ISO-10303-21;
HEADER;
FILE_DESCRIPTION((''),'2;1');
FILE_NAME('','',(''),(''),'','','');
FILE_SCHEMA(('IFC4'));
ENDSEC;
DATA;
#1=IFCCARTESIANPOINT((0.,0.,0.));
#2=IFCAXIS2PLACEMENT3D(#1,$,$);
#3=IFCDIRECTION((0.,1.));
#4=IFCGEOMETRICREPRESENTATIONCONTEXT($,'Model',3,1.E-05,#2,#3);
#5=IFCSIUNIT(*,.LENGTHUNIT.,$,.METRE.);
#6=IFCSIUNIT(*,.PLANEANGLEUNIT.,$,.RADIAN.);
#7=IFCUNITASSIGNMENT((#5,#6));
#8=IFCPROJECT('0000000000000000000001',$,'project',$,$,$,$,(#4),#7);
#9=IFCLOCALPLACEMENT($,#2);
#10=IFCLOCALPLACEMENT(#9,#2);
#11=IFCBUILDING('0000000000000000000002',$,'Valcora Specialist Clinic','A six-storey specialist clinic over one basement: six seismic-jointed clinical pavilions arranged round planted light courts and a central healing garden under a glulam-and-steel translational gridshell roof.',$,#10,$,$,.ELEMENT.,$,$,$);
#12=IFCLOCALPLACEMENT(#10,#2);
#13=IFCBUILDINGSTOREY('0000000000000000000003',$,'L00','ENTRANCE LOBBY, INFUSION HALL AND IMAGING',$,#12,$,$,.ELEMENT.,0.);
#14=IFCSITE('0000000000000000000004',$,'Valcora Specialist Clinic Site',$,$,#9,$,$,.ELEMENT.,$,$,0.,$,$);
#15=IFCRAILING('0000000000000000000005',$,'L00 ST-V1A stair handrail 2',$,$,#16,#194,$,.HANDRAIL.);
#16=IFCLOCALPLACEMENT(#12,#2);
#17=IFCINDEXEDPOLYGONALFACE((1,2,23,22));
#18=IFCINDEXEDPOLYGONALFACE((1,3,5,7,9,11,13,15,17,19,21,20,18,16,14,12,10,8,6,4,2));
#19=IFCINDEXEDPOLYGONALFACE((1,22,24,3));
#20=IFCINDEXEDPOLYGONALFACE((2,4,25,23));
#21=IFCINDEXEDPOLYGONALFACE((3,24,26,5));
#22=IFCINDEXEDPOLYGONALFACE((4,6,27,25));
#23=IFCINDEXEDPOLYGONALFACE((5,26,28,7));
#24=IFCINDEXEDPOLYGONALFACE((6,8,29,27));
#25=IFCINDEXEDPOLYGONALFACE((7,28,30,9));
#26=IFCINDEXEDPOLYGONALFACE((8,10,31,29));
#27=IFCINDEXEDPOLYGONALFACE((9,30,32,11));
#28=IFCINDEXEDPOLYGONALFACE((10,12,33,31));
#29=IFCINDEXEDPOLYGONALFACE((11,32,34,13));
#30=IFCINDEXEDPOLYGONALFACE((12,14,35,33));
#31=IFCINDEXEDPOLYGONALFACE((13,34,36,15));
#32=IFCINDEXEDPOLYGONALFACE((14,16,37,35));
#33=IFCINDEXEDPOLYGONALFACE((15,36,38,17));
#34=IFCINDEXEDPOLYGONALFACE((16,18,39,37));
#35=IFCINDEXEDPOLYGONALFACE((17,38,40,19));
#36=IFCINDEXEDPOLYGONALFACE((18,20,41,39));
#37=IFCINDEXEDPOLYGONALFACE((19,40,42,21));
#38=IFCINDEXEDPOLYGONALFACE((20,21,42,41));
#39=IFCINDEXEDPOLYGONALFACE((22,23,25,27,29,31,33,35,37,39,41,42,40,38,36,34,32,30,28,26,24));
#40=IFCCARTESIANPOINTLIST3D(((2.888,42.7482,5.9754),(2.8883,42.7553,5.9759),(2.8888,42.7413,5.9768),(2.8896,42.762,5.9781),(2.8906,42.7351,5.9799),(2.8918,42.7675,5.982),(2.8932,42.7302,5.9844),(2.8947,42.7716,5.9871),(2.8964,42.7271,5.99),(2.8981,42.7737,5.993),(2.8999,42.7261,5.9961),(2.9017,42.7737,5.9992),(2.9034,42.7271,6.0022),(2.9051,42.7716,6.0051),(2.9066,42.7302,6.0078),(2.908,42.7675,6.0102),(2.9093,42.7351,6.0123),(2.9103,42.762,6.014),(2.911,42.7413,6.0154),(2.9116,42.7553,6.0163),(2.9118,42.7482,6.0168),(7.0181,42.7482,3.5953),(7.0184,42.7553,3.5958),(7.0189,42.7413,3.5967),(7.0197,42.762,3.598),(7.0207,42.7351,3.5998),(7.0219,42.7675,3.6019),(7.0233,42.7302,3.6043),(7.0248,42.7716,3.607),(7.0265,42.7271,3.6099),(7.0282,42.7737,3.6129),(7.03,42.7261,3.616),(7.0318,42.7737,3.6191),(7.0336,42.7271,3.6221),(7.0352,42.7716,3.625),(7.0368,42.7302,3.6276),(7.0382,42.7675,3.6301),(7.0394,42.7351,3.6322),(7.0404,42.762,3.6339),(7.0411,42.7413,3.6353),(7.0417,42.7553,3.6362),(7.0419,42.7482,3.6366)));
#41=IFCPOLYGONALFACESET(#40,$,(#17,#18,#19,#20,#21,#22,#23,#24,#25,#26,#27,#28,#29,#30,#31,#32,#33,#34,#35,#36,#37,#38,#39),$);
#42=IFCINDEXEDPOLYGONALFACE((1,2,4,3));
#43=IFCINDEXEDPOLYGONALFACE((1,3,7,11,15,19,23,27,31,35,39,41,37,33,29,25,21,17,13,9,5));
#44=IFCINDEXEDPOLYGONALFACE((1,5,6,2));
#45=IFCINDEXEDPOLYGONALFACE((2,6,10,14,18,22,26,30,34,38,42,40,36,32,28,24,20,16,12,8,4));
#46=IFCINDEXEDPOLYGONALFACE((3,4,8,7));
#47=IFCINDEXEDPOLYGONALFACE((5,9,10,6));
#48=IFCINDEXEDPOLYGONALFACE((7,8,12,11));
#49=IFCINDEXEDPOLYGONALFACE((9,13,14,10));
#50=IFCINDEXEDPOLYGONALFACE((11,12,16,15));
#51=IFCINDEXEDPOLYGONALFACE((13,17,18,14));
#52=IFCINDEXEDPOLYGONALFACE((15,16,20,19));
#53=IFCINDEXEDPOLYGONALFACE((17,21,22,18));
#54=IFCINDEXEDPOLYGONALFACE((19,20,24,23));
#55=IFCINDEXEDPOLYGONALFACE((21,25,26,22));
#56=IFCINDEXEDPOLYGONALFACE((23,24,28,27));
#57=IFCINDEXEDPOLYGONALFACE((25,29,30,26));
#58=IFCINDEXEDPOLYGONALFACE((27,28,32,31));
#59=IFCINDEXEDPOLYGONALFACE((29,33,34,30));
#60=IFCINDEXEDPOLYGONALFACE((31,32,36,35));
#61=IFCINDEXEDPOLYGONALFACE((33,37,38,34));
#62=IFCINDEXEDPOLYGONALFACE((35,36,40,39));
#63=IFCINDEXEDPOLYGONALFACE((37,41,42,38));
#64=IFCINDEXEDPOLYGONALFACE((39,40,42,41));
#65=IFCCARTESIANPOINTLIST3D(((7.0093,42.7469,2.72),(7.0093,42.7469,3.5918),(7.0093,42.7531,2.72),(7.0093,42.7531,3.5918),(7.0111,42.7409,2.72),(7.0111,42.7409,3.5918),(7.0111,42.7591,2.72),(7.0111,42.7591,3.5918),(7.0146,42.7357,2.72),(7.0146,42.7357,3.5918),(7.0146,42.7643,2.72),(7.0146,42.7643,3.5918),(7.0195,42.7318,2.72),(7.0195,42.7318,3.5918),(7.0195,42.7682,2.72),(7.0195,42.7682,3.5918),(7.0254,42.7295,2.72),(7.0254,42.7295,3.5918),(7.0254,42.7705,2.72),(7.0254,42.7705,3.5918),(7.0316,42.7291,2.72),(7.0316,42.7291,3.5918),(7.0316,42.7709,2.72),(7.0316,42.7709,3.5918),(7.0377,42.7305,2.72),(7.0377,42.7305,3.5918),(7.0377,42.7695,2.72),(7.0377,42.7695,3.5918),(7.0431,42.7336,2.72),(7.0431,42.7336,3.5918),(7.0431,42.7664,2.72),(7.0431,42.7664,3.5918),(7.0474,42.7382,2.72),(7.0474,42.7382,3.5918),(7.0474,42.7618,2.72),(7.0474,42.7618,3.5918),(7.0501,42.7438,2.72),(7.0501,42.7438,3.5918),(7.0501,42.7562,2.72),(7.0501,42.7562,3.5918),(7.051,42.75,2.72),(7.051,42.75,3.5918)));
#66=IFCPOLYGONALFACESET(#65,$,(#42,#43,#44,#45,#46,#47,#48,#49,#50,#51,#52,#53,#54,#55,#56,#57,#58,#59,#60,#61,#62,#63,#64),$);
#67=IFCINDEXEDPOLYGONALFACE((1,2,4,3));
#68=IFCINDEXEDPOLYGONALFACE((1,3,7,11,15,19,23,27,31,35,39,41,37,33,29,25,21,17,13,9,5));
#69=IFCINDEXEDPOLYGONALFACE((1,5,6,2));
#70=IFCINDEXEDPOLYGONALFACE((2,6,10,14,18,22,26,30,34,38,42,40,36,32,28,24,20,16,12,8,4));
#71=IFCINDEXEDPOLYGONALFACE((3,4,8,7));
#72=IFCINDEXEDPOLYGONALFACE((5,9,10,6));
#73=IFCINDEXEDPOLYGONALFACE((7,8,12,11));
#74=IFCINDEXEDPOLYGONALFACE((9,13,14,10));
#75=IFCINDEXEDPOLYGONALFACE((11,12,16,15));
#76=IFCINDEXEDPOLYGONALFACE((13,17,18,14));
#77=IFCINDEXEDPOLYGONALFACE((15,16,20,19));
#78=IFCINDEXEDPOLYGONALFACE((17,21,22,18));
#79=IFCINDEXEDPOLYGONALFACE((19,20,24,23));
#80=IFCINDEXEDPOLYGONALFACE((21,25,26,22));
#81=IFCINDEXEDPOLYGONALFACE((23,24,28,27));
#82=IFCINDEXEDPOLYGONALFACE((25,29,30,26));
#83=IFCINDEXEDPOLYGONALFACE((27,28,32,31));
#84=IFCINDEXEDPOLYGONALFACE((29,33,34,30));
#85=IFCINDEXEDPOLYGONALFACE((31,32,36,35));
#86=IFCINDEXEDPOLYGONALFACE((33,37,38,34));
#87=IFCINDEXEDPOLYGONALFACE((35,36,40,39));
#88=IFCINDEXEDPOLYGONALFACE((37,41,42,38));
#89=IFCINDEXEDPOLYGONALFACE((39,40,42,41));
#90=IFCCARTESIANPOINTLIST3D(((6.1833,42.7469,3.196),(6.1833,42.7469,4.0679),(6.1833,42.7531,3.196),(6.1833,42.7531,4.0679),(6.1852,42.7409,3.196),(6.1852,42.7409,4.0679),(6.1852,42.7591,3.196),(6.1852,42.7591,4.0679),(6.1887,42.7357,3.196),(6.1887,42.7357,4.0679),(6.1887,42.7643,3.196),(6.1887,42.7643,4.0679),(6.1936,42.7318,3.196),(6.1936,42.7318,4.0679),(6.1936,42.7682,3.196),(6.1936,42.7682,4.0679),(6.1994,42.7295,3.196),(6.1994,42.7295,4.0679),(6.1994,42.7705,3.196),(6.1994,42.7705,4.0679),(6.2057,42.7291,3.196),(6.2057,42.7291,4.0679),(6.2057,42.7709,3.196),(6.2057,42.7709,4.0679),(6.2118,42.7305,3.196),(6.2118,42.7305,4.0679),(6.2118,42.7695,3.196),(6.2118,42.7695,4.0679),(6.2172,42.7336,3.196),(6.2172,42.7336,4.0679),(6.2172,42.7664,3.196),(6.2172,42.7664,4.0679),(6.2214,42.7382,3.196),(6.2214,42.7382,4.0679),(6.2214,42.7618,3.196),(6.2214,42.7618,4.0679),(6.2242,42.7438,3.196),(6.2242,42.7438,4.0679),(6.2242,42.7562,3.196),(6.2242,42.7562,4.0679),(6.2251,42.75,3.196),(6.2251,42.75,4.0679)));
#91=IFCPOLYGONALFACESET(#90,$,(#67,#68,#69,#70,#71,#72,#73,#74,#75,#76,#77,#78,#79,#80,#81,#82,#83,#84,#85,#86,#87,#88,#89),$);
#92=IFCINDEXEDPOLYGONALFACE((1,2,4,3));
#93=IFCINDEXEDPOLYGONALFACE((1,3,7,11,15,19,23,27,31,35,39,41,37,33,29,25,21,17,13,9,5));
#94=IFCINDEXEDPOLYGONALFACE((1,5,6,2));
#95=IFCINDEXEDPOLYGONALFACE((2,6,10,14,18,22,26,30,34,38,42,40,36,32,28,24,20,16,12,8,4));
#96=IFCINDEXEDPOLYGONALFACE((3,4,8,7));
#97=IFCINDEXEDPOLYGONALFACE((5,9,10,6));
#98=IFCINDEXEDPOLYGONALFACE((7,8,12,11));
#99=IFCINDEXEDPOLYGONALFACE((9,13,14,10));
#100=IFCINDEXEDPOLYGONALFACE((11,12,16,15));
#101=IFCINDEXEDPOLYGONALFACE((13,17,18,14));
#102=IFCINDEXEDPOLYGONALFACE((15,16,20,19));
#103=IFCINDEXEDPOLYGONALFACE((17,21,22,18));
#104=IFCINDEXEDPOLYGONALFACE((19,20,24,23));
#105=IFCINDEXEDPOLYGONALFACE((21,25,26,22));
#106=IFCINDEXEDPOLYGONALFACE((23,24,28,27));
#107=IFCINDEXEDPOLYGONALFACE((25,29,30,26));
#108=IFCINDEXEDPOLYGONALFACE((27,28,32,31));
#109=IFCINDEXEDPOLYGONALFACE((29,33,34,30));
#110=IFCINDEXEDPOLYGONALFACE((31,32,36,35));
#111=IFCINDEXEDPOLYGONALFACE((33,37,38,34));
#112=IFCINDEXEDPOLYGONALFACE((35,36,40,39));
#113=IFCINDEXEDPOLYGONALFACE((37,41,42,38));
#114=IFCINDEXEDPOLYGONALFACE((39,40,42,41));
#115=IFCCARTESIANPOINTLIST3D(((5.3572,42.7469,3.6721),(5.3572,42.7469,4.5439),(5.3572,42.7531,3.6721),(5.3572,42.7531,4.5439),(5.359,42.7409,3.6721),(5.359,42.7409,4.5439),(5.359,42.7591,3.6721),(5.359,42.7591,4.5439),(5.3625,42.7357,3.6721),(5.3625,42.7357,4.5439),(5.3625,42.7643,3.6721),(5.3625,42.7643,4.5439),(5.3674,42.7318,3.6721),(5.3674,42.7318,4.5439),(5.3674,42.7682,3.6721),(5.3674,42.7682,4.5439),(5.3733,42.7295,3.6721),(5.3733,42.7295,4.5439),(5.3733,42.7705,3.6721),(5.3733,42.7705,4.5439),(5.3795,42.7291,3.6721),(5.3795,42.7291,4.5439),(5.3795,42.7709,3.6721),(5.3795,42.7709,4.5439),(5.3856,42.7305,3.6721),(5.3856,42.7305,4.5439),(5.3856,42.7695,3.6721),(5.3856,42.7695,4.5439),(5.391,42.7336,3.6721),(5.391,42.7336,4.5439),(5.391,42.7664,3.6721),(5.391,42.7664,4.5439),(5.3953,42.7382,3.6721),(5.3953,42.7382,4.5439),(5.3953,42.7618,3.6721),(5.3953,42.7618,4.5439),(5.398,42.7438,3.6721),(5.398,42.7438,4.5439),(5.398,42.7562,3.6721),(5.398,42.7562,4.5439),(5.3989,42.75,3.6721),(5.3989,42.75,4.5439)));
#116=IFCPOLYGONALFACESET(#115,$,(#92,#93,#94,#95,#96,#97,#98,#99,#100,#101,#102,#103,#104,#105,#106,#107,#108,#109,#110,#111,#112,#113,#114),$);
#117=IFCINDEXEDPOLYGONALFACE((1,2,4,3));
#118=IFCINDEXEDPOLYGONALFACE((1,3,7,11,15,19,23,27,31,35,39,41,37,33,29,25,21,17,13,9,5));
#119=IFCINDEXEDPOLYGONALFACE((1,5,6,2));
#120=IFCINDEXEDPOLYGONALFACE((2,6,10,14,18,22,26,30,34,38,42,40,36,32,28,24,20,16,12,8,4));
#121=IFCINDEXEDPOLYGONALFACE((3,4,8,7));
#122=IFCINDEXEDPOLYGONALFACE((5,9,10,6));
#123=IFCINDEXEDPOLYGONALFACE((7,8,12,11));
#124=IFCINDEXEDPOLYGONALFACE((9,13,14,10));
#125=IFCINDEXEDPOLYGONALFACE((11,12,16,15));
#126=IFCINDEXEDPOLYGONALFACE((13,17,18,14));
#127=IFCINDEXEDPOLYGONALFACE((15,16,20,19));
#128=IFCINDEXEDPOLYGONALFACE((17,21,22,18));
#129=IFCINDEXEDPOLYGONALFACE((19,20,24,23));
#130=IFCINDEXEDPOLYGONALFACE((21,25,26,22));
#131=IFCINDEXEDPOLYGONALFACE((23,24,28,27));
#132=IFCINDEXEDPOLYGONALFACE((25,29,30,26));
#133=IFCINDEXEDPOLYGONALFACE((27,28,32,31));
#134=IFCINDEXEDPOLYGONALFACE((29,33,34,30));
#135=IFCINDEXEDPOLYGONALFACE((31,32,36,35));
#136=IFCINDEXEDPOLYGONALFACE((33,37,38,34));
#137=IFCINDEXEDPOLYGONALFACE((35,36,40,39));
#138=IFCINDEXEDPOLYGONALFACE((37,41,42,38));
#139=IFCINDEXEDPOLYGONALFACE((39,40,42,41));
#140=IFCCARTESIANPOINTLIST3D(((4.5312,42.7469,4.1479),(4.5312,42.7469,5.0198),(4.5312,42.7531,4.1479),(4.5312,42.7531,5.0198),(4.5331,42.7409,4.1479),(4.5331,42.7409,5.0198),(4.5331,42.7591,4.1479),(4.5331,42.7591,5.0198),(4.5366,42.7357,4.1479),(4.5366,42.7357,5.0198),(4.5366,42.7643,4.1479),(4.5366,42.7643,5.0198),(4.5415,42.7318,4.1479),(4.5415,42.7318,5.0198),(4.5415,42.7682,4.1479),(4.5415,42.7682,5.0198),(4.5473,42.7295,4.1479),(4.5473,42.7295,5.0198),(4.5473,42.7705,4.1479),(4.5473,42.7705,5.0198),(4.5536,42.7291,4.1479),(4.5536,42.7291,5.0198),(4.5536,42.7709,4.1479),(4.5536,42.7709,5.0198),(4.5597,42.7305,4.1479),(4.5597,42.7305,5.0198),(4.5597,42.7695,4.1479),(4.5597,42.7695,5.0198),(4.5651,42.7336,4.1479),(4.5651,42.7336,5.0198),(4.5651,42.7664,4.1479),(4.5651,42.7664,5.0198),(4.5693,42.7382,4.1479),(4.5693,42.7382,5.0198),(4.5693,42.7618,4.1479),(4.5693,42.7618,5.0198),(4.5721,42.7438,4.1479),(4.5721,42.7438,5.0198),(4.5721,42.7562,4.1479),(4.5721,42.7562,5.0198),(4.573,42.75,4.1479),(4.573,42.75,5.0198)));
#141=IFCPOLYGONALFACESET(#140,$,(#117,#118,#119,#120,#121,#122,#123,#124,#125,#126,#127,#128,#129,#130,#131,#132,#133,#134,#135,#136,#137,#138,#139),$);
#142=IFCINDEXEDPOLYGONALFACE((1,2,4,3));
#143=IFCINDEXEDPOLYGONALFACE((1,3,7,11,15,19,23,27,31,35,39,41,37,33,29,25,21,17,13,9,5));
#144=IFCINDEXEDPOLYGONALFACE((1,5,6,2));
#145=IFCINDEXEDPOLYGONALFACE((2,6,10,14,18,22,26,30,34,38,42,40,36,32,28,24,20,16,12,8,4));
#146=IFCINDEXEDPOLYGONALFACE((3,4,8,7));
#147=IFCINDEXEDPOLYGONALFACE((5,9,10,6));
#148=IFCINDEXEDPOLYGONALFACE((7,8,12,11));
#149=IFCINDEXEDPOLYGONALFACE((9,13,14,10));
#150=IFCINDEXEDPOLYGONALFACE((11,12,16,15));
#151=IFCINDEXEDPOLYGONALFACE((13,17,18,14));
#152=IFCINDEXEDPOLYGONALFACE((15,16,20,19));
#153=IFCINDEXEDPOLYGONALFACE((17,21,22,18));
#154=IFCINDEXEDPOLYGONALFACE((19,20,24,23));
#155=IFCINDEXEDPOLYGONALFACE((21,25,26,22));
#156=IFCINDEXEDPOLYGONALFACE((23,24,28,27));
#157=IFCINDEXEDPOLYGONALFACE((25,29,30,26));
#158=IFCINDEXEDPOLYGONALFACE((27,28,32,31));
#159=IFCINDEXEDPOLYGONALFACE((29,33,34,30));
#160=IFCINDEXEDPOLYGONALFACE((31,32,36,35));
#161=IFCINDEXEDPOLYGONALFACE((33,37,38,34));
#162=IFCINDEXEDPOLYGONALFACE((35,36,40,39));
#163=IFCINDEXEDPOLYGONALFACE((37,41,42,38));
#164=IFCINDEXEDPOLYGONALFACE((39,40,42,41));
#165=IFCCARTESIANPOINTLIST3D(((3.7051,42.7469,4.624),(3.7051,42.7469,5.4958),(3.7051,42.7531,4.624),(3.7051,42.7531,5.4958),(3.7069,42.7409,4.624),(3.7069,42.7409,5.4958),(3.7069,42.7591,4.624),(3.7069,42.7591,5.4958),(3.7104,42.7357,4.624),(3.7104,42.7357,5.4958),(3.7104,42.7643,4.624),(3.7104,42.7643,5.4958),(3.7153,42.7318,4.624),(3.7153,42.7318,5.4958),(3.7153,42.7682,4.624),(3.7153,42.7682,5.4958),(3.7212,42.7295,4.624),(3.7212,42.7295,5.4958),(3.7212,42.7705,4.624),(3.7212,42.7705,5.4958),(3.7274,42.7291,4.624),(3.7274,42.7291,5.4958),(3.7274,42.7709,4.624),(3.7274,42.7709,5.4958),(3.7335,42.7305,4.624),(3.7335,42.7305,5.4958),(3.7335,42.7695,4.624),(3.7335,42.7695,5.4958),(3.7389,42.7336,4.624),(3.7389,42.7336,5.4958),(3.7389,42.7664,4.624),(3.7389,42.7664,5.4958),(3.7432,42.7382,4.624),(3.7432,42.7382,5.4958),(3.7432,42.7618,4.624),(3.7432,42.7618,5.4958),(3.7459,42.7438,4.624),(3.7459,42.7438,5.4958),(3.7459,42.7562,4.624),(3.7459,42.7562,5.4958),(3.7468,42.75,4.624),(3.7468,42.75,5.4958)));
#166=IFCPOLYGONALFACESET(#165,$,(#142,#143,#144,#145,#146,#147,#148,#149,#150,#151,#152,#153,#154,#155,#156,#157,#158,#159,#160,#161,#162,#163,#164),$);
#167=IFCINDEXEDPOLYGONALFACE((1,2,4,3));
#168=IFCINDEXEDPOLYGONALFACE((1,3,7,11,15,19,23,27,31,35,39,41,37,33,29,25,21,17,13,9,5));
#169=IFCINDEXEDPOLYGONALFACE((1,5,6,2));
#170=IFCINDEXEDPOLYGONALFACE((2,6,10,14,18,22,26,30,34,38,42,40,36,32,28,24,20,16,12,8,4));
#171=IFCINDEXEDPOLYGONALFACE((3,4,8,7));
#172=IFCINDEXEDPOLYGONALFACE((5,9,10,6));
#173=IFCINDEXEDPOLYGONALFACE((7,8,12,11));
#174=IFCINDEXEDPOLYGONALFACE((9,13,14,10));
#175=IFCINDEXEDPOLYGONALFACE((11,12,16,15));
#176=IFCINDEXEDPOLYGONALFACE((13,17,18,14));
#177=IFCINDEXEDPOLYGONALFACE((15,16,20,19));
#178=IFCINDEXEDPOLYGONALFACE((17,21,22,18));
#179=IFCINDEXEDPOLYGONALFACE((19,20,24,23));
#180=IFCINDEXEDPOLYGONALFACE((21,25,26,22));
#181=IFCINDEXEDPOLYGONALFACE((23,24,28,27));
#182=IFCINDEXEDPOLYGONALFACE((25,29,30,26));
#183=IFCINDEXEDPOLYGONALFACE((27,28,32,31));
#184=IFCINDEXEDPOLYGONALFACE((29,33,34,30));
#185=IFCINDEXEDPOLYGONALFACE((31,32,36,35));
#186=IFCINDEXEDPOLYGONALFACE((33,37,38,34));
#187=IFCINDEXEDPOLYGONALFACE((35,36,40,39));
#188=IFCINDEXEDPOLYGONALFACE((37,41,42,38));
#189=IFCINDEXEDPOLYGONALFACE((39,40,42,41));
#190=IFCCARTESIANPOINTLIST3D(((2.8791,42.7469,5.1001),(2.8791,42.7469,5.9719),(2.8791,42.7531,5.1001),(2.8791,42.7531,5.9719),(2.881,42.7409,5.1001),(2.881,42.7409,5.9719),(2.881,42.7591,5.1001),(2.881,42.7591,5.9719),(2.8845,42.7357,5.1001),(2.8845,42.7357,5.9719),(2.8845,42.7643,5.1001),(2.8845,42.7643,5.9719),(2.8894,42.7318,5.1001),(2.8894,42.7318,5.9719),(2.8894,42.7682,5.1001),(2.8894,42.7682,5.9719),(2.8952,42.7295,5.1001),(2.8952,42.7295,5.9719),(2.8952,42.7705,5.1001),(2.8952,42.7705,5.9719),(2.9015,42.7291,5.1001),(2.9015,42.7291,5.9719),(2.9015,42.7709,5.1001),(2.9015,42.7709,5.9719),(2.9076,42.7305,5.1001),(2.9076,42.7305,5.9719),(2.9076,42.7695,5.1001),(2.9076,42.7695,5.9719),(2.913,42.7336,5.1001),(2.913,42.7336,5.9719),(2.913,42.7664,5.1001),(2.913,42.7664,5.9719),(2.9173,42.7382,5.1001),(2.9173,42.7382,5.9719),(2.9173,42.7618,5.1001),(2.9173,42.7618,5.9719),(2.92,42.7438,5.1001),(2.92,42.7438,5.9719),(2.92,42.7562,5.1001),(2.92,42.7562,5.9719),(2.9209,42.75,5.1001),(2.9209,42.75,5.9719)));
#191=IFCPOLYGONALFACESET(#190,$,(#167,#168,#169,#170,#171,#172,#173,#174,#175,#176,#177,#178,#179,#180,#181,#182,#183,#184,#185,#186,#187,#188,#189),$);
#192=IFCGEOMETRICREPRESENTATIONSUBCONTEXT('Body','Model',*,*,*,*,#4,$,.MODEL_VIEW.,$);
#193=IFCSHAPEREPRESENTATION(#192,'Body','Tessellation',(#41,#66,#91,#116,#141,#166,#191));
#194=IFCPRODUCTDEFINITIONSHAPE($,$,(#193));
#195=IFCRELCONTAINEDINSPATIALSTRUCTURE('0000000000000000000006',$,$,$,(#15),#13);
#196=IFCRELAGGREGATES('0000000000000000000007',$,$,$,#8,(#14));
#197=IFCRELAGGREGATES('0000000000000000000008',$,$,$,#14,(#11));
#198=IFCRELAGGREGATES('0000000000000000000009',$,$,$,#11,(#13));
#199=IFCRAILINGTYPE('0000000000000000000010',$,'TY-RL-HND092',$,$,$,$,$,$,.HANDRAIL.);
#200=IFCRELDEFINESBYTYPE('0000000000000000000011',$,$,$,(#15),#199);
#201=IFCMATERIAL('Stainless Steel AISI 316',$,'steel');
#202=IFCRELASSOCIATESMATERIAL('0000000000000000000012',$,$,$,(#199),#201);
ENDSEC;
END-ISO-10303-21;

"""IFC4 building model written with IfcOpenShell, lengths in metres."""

from ifc_helpers import new_model, si_unit, direction, frame, origin, origin_2d, place, context, subcontext, project, spatial, circle, extrude, material, type_object, element, save


model = new_model("IFC4")

# Units and contexts
model_context = context("Model", 3, precision=1e-05, world=origin(), true_north=direction((0.0, 1.0)))
body_context = subcontext(model_context, "Body", "Model", "MODEL_VIEW")
ifc_project = project(units=[si_unit("LENGTHUNIT", "METRE"), si_unit("PLANEANGLEUNIT", "RADIAN")], contexts=[model_context])

# Site, building, storey
site_placement = place(None, origin())
site = spatial("IfcSite", under=ifc_project, at=site_placement, Name="Valcora Specialist Clinic Site", CompositionType="ELEMENT", RefElevation=0.0)
building_placement = place(site_placement, origin())
building = spatial("IfcBuilding", under=site, at=building_placement, Name="Valcora Specialist Clinic", Description="A six-storey specialist clinic over one basement: six seismic-jointed clinical pavilions arranged round planted light courts and a central healing garden under a glulam-and-steel translational gridshell roof.", CompositionType="ELEMENT")
storey_placement = place(building_placement, origin())
storey = spatial("IfcBuildingStorey", under=building, at=storey_placement, Name="L00", Description="ENTRANCE LOBBY, INFUSION HALL AND IMAGING", CompositionType="ELEMENT", Elevation=0.0)

# Railing
ifc_material_1 = material(Name="Stainless Steel AISI 316", Category="steel")
railing_type_1 = type_object("IfcRailingType", Name="TY-RL-HND092", PredefinedType="HANDRAIL", material=ifc_material_1)
railing_1_placement = place(storey_placement, frame((7.03, 42.75, 2.72)))
element("IfcRailing", 1, at=railing_1_placement, inside=storey, type_object=railing_type_1, Name="L00 ST-V1A stair handrail 2", PredefinedType="HANDRAIL", context=body_context, shape_type="SweptSolid", body=[
    extrude(circle(Radius=0.0239, at=origin_2d()), frame((0.0, 0.0, 0.896), z_axis=(-0.866425, 0.0, 0.499307), x_axis=(0.0, -1.0, 0.0)), (0.0, 0.0, 1.0), 4.7668),
    extrude(circle(Radius=0.021, at=origin_2d()), origin(), (0.0, 0.0, 1.0), 0.8718),
    extrude(circle(Radius=0.021, at=origin_2d()), frame((-0.8259, 0.0, 0.4761)), (0.0, 0.0, 1.0), 0.8718),
    extrude(circle(Radius=0.021, at=origin_2d()), frame((-1.6521, 0.0, 0.9521)), (0.0, 0.0, 1.0), 0.8718),
    extrude(circle(Radius=0.021, at=origin_2d()), frame((-2.478, 0.0, 1.428)), (0.0, 0.0, 1.0), 0.8718),
    extrude(circle(Radius=0.021, at=origin_2d()), frame((-3.3042, 0.0, 1.9041)), (0.0, 0.0, 1.0), 0.8718),
    extrude(circle(Radius=0.021, at=origin_2d()), frame((-4.1301, 0.0, 2.3801)), (0.0, 0.0, 1.0), 0.8718),
])

save(model, "model.ifc")
